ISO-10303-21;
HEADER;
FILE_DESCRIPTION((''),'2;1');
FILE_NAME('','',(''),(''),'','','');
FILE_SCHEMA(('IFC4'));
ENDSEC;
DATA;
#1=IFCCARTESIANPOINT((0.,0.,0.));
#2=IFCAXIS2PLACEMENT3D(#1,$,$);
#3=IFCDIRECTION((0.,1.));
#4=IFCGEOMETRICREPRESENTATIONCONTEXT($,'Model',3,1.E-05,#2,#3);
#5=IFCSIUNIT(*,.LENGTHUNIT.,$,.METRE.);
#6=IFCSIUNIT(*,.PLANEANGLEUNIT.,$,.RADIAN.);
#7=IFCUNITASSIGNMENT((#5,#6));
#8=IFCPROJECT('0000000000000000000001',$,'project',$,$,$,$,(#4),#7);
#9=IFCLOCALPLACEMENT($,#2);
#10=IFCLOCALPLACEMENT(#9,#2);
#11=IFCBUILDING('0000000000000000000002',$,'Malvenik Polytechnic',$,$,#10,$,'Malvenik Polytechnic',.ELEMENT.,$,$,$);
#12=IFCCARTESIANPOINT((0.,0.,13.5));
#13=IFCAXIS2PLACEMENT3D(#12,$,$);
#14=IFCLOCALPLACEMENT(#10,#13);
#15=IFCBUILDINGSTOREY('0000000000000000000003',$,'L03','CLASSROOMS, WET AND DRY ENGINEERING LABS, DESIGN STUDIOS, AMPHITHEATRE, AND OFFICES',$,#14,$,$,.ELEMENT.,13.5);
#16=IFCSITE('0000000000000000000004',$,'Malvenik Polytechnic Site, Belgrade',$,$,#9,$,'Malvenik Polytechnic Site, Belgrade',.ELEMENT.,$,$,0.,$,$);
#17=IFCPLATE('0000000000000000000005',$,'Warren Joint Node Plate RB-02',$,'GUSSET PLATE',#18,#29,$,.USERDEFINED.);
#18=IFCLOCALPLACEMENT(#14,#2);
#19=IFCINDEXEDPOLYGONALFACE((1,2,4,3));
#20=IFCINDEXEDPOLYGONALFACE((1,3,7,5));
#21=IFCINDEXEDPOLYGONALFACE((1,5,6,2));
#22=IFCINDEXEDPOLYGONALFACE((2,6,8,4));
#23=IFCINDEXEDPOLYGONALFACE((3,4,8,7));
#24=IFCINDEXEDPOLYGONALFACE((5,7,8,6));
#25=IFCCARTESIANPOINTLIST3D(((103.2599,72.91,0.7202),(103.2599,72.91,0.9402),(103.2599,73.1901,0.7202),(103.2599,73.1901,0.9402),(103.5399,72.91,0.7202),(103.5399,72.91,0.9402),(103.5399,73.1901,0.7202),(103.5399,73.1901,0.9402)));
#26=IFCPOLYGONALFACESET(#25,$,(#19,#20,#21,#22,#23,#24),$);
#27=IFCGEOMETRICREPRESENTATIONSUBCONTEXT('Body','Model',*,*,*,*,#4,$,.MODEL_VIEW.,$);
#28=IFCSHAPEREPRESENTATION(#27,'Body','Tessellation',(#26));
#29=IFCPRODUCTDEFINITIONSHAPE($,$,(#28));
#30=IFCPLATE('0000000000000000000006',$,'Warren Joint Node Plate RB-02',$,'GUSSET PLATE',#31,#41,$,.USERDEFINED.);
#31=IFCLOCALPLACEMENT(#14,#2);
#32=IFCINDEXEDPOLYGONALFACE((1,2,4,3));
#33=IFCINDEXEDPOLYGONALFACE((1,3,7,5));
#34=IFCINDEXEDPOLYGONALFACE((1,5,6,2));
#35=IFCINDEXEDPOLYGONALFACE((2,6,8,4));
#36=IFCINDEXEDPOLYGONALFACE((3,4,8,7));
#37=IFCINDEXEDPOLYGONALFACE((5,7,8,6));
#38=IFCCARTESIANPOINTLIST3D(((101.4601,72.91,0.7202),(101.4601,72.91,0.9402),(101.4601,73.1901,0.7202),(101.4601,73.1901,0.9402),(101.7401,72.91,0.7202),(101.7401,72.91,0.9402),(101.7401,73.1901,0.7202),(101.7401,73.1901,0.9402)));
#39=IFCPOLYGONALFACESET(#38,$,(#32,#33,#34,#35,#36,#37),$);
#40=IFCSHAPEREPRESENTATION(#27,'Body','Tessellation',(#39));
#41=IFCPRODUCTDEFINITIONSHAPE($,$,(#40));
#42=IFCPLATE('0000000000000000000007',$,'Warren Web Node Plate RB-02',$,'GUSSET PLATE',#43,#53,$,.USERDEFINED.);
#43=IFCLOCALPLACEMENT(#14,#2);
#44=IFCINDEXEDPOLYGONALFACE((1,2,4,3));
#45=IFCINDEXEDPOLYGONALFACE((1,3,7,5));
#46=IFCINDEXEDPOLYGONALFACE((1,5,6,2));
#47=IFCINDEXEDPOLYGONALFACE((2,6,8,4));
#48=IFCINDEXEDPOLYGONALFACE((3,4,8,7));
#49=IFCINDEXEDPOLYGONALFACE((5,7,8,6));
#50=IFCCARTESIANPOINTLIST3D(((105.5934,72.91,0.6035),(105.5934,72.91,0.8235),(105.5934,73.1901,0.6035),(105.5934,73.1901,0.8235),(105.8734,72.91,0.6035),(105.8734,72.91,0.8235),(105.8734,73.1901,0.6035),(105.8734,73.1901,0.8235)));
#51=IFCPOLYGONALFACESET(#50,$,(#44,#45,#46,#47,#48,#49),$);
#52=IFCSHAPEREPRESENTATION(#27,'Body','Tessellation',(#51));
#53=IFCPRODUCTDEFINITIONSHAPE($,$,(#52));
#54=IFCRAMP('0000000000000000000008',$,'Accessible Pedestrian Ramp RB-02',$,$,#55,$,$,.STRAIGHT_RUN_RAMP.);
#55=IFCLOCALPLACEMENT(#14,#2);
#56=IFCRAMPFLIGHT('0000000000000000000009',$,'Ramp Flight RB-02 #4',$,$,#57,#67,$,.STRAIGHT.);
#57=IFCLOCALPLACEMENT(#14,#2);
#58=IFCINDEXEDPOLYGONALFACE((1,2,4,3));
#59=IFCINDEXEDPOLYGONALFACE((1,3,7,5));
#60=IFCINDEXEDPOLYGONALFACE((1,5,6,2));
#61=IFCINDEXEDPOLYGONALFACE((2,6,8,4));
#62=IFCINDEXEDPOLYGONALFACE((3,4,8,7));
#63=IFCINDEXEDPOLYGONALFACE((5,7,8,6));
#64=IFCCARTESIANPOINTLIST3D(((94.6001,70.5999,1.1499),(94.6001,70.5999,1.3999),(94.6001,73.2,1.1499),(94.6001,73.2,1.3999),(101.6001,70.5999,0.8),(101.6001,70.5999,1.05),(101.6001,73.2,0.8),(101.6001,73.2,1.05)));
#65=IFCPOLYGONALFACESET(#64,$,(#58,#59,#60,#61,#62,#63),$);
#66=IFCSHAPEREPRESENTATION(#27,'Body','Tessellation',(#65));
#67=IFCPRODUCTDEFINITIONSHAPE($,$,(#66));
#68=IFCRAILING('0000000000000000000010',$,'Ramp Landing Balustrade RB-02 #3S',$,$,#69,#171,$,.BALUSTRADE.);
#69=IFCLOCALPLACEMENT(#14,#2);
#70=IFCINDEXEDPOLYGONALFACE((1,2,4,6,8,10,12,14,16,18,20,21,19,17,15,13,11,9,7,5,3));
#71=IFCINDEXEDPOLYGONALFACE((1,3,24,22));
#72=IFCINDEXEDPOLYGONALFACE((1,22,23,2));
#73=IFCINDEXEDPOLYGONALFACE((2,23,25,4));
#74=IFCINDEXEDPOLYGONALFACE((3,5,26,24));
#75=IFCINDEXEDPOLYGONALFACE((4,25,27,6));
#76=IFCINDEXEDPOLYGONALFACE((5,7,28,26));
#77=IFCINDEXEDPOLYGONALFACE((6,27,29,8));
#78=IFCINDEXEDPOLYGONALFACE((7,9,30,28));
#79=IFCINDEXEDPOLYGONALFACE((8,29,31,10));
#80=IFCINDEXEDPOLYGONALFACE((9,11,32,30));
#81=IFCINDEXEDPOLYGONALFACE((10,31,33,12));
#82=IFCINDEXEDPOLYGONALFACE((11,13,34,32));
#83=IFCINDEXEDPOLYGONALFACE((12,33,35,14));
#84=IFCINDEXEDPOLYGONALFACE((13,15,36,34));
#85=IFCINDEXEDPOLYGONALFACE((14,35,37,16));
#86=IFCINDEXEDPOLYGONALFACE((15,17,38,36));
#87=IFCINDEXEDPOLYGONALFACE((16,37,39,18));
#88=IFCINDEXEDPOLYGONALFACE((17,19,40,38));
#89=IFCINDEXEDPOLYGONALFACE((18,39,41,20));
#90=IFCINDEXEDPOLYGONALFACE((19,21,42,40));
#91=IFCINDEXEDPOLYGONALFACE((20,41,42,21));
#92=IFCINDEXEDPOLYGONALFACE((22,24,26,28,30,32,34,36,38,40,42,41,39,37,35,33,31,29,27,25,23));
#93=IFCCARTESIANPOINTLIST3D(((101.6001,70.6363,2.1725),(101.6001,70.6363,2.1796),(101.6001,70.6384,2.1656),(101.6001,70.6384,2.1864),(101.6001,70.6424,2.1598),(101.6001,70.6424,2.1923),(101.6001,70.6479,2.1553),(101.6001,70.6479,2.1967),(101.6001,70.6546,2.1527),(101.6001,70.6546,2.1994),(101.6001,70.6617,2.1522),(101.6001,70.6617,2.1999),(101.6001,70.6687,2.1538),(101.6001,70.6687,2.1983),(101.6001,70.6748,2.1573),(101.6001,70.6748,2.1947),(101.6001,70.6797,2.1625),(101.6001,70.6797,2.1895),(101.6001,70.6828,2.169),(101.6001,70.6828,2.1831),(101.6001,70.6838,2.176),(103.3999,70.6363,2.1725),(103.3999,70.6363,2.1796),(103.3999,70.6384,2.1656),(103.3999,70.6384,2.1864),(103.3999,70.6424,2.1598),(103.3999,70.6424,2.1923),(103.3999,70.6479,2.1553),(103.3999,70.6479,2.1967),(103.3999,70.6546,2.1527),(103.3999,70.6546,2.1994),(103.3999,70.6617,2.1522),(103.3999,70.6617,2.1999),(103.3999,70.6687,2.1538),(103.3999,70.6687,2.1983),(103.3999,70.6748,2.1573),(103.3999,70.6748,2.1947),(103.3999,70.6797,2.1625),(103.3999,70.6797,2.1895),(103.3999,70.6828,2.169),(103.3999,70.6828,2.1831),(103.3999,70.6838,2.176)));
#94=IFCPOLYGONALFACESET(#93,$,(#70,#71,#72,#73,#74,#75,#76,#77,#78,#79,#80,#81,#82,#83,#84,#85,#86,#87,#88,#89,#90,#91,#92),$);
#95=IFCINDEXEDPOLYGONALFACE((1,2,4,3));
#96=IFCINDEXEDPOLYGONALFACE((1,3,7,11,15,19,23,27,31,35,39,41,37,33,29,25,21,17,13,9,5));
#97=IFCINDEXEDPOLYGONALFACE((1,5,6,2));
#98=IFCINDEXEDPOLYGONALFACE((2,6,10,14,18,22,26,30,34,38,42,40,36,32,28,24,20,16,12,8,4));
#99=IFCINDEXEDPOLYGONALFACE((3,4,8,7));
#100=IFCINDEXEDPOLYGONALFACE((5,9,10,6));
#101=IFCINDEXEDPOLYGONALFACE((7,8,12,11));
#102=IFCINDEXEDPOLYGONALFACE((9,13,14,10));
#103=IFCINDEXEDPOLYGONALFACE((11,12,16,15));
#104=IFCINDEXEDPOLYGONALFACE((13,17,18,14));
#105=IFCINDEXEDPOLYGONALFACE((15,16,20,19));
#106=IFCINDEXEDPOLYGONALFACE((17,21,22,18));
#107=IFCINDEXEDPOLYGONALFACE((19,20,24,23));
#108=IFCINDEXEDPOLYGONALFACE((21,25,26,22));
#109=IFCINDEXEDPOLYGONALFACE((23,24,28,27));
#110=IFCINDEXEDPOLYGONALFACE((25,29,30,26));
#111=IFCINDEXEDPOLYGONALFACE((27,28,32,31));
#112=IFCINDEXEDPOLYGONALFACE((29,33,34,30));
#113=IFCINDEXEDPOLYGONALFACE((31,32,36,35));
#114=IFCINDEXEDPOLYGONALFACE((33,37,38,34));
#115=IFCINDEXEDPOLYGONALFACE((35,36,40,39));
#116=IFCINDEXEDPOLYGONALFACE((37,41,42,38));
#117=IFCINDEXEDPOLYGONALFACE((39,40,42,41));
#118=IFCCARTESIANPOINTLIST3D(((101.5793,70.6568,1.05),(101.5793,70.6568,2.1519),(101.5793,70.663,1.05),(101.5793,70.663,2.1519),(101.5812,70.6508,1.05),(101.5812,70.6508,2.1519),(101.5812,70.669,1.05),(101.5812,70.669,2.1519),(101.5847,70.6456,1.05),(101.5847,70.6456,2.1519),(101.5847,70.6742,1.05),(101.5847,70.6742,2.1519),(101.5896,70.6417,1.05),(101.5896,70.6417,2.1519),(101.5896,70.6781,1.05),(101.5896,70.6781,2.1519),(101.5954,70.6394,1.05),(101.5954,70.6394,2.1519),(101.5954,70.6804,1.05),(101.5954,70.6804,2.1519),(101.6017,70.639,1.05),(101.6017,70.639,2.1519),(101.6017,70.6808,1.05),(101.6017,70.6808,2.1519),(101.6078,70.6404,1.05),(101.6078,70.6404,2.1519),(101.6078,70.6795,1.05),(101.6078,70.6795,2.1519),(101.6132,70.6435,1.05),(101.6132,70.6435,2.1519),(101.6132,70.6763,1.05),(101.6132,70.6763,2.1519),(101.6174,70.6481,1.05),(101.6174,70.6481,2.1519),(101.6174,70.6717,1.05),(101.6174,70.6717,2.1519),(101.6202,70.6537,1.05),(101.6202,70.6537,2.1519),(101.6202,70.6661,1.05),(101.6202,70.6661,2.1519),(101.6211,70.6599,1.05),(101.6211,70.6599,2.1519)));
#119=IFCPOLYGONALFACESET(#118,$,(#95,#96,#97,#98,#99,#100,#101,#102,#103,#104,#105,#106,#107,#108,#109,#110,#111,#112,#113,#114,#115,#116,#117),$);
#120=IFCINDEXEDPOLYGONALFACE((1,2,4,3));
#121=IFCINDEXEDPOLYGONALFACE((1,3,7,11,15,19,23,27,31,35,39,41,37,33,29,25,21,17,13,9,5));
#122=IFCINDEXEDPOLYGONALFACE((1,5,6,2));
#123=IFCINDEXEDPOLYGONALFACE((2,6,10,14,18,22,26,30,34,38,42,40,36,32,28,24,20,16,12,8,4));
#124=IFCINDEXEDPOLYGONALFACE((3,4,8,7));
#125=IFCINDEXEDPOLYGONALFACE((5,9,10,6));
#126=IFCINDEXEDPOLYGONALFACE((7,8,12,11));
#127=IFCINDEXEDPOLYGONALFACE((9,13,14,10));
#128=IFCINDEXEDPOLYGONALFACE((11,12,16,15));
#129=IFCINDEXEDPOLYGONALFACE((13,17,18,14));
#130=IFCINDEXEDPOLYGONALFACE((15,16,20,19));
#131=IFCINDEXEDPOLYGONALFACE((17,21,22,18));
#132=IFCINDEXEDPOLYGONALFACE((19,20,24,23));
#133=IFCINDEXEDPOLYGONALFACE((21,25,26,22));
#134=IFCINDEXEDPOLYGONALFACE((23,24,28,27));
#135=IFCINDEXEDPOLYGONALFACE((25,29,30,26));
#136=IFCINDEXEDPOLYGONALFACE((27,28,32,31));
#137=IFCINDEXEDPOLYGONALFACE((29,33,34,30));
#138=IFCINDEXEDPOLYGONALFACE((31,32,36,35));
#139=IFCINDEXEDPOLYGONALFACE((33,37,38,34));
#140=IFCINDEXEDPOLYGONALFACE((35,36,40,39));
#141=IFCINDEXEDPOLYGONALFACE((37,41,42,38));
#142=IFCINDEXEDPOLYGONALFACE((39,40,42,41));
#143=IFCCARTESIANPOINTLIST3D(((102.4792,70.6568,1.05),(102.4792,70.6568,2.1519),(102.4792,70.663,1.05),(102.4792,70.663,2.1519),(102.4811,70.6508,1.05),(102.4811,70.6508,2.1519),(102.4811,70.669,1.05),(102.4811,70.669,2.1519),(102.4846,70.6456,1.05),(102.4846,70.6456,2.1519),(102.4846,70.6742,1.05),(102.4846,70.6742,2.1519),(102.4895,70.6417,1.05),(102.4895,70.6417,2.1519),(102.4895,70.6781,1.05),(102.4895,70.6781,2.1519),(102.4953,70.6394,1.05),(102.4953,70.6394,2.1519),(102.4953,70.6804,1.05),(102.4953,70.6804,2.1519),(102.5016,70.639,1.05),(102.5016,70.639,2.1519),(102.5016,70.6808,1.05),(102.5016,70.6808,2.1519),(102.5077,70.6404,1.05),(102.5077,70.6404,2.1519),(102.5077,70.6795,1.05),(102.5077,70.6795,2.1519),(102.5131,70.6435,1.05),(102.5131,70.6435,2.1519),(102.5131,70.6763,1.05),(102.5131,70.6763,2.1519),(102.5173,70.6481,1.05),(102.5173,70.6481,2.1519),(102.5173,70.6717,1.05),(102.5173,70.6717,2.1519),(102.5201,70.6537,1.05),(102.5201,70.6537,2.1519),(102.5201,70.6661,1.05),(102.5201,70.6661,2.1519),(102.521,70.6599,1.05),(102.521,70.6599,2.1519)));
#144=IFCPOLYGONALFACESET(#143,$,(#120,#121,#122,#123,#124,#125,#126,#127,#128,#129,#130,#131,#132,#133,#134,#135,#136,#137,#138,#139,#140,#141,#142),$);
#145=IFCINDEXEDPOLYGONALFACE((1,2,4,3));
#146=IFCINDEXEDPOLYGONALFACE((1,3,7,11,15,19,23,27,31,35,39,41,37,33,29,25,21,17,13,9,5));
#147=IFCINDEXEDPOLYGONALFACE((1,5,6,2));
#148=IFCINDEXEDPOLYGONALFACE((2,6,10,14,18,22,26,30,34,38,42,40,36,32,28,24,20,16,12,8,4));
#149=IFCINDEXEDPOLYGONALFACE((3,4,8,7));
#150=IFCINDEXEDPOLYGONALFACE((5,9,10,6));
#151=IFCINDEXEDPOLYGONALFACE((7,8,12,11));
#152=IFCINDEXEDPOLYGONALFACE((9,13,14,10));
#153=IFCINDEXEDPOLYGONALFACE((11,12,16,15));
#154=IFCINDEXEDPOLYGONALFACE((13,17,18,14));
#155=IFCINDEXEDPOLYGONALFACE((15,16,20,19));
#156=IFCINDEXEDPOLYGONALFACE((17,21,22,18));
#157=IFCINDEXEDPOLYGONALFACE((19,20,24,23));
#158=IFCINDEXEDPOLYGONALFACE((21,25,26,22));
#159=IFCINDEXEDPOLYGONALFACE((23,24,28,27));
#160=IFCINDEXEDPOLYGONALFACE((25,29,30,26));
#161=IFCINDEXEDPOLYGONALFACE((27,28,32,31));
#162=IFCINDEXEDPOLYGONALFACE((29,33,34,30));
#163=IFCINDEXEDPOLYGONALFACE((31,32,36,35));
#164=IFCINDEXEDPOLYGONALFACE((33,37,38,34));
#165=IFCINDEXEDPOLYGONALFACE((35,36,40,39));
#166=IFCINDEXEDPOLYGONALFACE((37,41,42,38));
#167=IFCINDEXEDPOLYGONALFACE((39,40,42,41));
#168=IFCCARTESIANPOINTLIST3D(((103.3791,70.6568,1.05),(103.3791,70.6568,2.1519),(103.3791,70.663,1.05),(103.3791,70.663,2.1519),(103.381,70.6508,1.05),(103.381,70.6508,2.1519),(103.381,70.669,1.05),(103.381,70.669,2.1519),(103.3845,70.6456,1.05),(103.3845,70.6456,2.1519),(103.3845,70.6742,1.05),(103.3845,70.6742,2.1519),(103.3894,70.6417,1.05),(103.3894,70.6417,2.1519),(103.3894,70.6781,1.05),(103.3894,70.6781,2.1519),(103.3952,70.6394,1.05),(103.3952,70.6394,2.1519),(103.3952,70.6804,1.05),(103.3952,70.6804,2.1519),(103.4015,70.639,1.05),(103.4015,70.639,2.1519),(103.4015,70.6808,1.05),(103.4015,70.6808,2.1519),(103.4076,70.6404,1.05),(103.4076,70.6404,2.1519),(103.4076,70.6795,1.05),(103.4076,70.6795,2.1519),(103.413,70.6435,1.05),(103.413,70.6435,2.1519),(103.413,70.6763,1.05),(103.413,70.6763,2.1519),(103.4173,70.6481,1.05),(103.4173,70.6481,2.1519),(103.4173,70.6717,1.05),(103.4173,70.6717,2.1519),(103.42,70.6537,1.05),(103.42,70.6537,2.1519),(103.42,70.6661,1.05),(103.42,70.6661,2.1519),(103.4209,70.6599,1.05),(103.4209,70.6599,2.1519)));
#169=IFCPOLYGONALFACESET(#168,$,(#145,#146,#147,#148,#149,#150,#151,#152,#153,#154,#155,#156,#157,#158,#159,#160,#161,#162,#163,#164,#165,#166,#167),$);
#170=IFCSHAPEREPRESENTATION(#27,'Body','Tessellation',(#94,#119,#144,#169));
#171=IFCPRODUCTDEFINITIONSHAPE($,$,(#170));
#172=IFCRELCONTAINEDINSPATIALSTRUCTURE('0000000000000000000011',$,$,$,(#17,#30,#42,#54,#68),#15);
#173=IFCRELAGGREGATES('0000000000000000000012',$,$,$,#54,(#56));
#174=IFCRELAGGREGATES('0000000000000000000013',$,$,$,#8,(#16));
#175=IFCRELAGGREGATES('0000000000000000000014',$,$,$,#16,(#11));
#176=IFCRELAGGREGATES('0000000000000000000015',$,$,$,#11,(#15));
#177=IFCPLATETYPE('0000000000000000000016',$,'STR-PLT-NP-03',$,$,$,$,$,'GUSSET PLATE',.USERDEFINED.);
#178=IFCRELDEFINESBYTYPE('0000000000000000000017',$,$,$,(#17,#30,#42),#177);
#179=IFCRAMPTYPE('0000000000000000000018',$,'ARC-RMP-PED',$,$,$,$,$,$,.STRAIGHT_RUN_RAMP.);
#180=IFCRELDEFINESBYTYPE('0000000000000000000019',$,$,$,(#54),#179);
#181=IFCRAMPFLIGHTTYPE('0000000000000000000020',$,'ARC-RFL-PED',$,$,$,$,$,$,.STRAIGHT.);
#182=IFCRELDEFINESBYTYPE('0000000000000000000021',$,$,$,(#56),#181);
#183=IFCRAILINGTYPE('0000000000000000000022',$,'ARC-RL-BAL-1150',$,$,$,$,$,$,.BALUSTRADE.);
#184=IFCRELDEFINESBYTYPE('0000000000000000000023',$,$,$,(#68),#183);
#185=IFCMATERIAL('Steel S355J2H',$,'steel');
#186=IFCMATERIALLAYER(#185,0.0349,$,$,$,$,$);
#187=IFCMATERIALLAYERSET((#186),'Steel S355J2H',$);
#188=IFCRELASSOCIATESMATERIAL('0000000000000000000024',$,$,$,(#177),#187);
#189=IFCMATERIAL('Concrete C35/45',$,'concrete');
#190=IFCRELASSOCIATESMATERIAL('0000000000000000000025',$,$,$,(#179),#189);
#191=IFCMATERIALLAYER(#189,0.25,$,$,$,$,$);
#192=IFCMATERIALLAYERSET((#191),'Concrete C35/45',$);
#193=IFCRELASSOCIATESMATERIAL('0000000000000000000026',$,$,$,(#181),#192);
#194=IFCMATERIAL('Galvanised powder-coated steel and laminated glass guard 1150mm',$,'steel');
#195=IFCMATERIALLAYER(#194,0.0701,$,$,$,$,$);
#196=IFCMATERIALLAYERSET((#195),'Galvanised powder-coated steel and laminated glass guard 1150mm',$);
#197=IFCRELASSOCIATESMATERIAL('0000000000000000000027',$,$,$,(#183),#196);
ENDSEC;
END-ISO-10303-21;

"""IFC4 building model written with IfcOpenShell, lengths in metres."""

from ifc_helpers import new_model, si_unit, direction, frame, origin, origin_2d, place, context, subcontext, project, spatial, polyline, rectangle, circle, outline, extrude, material, layer, layer_set, type_object, element, aggregate, save


model = new_model("IFC4")

# Units and contexts
model_context = context("Model", 3, precision=1e-05, world=origin(), true_north=direction((0.0, 1.0)))
body_context = subcontext(model_context, "Body", "Model", "MODEL_VIEW")
ifc_project = project(units=[si_unit("LENGTHUNIT", "METRE"), si_unit("PLANEANGLEUNIT", "RADIAN")], contexts=[model_context])

# Site, building, storey
site_placement = place(None, origin())
site = spatial("IfcSite", under=ifc_project, at=site_placement, Name="Malvenik Polytechnic Site, Belgrade", LongName="Malvenik Polytechnic Site, Belgrade", CompositionType="ELEMENT", RefElevation=0.0)
building_placement = place(site_placement, origin())
building = spatial("IfcBuilding", under=site, at=building_placement, Name="Malvenik Polytechnic", LongName="Malvenik Polytechnic", CompositionType="ELEMENT")
storey_placement = place(building_placement, frame((0.0, 0.0, 13.5)))
storey = spatial("IfcBuildingStorey", under=building, at=storey_placement, Name="L03", Description="CLASSROOMS, WET AND DRY ENGINEERING LABS, DESIGN STUDIOS, AMPHITHEATRE, AND OFFICES", CompositionType="ELEMENT", Elevation=13.5)

# Shared definitions
ifc_material_1 = material(Name="Concrete C35/45", Category="concrete")
ifc_material_2 = material(Name="Steel S355J2H", Category="steel")

# Plates
ifc_layer_1 = layer(ifc_material_2, 0.0349)
ifc_layer_set_1 = layer_set([ifc_layer_1], Name="Steel S355J2H")
plate_type = type_object("IfcPlateType", Name="STR-PLT-NP-03", ElementType="GUSSET PLATE", PredefinedType="USERDEFINED", material=ifc_layer_set_1)
for number, where, z_axis, x_axis, name in (
    (1, (103.3999, 73.05, 0.7202), (0.0, 0.0, 1.0), (1.0, 0.0, 0.0), "Warren Joint Node Plate RB-02"),
    (2, (101.6001, 73.05, 0.7202), (0.0, 0.0, 1.0), (1.0, 0.0, 0.0), "Warren Joint Node Plate RB-02"),
    (3, (105.7334, 73.05, 0.6035), (0.0, 0.0, 1.0), (1.0, 0.0, 0.0), "Warren Web Node Plate RB-02"),
):
    element("IfcPlate", number, at=place(storey_placement, frame(where, z_axis=z_axis, x_axis=x_axis)), inside=storey, type_object=plate_type, Name=name, ObjectType="GUSSET PLATE", PredefinedType="USERDEFINED", context=body_context, shape_type="SweptSolid", body=[
        extrude(rectangle(XDim=0.28, YDim=0.28, at=origin_2d()), origin(), (0.0, 0.0, 1.0), 0.22),
    ])

# Ramp, ramp flight
ramp_type = type_object("IfcRampType", Name="ARC-RMP-PED", PredefinedType="STRAIGHT_RUN_RAMP", material=ifc_material_1)
ramp_placement = place(storey_placement, origin())
ramp = element("IfcRamp", 4, at=ramp_placement, inside=storey, type_object=ramp_type, Name="Accessible Pedestrian Ramp RB-02", PredefinedType="STRAIGHT_RUN_RAMP")
ifc_layer_2 = layer(ifc_material_1, 0.25)
ifc_layer_set_2 = layer_set([ifc_layer_2], Name="Concrete C35/45")
ramp_flight_type = type_object("IfcRampFlightType", Name="ARC-RFL-PED", PredefinedType="STRAIGHT", material=ifc_layer_set_2)
ramp_flight_placement = place(storey_placement, frame((101.6001, 71.8999, 1.05), z_axis=(0.0, 0.0, 1.0), x_axis=(-1.0, 0.0, 0.0)))
ramp_flight = element("IfcRampFlight", 5, at=ramp_flight_placement, type_object=ramp_flight_type, Name="Ramp Flight RB-02 #4", PredefinedType="STRAIGHT", context=body_context, shape_type="SweptSolid", body=[
    extrude(outline(polyline([(0.0, -0.25), (7.0, 0.0999), (7.0, 0.3499), (0.0, 0.0), (0.0, -0.25)])), frame((0.0, 1.3, 0.0), z_axis=(0.0, -1.0, 0.0), x_axis=(1.0, 0.0, 0.0)), (0.0, 0.0, 1.0), 2.6001),
])
aggregate(ramp, [ramp_flight])

# Railing
ifc_material_3 = material(Name="Galvanised powder-coated steel and laminated glass guard 1150mm", Category="steel")
ifc_layer_3 = layer(ifc_material_3, 0.0701)
ifc_layer_set_3 = layer_set([ifc_layer_3], Name="Galvanised powder-coated steel and laminated glass guard 1150mm")
railing_type_1 = type_object("IfcRailingType", Name="ARC-RL-BAL-1150", PredefinedType="BALUSTRADE", material=ifc_layer_set_3)
for number, where, name in (
    (6, (101.6001, 70.6599, 1.05), "Ramp Landing Balustrade RB-02 #3S"),
):
    element("IfcRailing", number, at=place(storey_placement, frame(where)), inside=storey, type_object=railing_type_1, Name=name, PredefinedType="BALUSTRADE", context=body_context, shape_type="SweptSolid", body=[
        extrude(circle(Radius=0.0239, at=origin_2d()), frame((0.0, 0.0, 1.126), z_axis=(1.0, 0.0, 0.0), x_axis=(0.0, 1.0, 0.0)), (0.0, 0.0, 1.0), 1.7998),
        extrude(circle(Radius=0.021, at=origin_2d()), origin(), (0.0, 0.0, 1.0), 1.1018),
        extrude(circle(Radius=0.021, at=origin_2d()), frame((0.8999, 0.0, 0.0)), (0.0, 0.0, 1.0), 1.1018),
        extrude(circle(Radius=0.021, at=origin_2d()), frame((1.7998, 0.0, 0.0)), (0.0, 0.0, 1.0), 1.1018),
    ])

save(model, "model.ifc")
